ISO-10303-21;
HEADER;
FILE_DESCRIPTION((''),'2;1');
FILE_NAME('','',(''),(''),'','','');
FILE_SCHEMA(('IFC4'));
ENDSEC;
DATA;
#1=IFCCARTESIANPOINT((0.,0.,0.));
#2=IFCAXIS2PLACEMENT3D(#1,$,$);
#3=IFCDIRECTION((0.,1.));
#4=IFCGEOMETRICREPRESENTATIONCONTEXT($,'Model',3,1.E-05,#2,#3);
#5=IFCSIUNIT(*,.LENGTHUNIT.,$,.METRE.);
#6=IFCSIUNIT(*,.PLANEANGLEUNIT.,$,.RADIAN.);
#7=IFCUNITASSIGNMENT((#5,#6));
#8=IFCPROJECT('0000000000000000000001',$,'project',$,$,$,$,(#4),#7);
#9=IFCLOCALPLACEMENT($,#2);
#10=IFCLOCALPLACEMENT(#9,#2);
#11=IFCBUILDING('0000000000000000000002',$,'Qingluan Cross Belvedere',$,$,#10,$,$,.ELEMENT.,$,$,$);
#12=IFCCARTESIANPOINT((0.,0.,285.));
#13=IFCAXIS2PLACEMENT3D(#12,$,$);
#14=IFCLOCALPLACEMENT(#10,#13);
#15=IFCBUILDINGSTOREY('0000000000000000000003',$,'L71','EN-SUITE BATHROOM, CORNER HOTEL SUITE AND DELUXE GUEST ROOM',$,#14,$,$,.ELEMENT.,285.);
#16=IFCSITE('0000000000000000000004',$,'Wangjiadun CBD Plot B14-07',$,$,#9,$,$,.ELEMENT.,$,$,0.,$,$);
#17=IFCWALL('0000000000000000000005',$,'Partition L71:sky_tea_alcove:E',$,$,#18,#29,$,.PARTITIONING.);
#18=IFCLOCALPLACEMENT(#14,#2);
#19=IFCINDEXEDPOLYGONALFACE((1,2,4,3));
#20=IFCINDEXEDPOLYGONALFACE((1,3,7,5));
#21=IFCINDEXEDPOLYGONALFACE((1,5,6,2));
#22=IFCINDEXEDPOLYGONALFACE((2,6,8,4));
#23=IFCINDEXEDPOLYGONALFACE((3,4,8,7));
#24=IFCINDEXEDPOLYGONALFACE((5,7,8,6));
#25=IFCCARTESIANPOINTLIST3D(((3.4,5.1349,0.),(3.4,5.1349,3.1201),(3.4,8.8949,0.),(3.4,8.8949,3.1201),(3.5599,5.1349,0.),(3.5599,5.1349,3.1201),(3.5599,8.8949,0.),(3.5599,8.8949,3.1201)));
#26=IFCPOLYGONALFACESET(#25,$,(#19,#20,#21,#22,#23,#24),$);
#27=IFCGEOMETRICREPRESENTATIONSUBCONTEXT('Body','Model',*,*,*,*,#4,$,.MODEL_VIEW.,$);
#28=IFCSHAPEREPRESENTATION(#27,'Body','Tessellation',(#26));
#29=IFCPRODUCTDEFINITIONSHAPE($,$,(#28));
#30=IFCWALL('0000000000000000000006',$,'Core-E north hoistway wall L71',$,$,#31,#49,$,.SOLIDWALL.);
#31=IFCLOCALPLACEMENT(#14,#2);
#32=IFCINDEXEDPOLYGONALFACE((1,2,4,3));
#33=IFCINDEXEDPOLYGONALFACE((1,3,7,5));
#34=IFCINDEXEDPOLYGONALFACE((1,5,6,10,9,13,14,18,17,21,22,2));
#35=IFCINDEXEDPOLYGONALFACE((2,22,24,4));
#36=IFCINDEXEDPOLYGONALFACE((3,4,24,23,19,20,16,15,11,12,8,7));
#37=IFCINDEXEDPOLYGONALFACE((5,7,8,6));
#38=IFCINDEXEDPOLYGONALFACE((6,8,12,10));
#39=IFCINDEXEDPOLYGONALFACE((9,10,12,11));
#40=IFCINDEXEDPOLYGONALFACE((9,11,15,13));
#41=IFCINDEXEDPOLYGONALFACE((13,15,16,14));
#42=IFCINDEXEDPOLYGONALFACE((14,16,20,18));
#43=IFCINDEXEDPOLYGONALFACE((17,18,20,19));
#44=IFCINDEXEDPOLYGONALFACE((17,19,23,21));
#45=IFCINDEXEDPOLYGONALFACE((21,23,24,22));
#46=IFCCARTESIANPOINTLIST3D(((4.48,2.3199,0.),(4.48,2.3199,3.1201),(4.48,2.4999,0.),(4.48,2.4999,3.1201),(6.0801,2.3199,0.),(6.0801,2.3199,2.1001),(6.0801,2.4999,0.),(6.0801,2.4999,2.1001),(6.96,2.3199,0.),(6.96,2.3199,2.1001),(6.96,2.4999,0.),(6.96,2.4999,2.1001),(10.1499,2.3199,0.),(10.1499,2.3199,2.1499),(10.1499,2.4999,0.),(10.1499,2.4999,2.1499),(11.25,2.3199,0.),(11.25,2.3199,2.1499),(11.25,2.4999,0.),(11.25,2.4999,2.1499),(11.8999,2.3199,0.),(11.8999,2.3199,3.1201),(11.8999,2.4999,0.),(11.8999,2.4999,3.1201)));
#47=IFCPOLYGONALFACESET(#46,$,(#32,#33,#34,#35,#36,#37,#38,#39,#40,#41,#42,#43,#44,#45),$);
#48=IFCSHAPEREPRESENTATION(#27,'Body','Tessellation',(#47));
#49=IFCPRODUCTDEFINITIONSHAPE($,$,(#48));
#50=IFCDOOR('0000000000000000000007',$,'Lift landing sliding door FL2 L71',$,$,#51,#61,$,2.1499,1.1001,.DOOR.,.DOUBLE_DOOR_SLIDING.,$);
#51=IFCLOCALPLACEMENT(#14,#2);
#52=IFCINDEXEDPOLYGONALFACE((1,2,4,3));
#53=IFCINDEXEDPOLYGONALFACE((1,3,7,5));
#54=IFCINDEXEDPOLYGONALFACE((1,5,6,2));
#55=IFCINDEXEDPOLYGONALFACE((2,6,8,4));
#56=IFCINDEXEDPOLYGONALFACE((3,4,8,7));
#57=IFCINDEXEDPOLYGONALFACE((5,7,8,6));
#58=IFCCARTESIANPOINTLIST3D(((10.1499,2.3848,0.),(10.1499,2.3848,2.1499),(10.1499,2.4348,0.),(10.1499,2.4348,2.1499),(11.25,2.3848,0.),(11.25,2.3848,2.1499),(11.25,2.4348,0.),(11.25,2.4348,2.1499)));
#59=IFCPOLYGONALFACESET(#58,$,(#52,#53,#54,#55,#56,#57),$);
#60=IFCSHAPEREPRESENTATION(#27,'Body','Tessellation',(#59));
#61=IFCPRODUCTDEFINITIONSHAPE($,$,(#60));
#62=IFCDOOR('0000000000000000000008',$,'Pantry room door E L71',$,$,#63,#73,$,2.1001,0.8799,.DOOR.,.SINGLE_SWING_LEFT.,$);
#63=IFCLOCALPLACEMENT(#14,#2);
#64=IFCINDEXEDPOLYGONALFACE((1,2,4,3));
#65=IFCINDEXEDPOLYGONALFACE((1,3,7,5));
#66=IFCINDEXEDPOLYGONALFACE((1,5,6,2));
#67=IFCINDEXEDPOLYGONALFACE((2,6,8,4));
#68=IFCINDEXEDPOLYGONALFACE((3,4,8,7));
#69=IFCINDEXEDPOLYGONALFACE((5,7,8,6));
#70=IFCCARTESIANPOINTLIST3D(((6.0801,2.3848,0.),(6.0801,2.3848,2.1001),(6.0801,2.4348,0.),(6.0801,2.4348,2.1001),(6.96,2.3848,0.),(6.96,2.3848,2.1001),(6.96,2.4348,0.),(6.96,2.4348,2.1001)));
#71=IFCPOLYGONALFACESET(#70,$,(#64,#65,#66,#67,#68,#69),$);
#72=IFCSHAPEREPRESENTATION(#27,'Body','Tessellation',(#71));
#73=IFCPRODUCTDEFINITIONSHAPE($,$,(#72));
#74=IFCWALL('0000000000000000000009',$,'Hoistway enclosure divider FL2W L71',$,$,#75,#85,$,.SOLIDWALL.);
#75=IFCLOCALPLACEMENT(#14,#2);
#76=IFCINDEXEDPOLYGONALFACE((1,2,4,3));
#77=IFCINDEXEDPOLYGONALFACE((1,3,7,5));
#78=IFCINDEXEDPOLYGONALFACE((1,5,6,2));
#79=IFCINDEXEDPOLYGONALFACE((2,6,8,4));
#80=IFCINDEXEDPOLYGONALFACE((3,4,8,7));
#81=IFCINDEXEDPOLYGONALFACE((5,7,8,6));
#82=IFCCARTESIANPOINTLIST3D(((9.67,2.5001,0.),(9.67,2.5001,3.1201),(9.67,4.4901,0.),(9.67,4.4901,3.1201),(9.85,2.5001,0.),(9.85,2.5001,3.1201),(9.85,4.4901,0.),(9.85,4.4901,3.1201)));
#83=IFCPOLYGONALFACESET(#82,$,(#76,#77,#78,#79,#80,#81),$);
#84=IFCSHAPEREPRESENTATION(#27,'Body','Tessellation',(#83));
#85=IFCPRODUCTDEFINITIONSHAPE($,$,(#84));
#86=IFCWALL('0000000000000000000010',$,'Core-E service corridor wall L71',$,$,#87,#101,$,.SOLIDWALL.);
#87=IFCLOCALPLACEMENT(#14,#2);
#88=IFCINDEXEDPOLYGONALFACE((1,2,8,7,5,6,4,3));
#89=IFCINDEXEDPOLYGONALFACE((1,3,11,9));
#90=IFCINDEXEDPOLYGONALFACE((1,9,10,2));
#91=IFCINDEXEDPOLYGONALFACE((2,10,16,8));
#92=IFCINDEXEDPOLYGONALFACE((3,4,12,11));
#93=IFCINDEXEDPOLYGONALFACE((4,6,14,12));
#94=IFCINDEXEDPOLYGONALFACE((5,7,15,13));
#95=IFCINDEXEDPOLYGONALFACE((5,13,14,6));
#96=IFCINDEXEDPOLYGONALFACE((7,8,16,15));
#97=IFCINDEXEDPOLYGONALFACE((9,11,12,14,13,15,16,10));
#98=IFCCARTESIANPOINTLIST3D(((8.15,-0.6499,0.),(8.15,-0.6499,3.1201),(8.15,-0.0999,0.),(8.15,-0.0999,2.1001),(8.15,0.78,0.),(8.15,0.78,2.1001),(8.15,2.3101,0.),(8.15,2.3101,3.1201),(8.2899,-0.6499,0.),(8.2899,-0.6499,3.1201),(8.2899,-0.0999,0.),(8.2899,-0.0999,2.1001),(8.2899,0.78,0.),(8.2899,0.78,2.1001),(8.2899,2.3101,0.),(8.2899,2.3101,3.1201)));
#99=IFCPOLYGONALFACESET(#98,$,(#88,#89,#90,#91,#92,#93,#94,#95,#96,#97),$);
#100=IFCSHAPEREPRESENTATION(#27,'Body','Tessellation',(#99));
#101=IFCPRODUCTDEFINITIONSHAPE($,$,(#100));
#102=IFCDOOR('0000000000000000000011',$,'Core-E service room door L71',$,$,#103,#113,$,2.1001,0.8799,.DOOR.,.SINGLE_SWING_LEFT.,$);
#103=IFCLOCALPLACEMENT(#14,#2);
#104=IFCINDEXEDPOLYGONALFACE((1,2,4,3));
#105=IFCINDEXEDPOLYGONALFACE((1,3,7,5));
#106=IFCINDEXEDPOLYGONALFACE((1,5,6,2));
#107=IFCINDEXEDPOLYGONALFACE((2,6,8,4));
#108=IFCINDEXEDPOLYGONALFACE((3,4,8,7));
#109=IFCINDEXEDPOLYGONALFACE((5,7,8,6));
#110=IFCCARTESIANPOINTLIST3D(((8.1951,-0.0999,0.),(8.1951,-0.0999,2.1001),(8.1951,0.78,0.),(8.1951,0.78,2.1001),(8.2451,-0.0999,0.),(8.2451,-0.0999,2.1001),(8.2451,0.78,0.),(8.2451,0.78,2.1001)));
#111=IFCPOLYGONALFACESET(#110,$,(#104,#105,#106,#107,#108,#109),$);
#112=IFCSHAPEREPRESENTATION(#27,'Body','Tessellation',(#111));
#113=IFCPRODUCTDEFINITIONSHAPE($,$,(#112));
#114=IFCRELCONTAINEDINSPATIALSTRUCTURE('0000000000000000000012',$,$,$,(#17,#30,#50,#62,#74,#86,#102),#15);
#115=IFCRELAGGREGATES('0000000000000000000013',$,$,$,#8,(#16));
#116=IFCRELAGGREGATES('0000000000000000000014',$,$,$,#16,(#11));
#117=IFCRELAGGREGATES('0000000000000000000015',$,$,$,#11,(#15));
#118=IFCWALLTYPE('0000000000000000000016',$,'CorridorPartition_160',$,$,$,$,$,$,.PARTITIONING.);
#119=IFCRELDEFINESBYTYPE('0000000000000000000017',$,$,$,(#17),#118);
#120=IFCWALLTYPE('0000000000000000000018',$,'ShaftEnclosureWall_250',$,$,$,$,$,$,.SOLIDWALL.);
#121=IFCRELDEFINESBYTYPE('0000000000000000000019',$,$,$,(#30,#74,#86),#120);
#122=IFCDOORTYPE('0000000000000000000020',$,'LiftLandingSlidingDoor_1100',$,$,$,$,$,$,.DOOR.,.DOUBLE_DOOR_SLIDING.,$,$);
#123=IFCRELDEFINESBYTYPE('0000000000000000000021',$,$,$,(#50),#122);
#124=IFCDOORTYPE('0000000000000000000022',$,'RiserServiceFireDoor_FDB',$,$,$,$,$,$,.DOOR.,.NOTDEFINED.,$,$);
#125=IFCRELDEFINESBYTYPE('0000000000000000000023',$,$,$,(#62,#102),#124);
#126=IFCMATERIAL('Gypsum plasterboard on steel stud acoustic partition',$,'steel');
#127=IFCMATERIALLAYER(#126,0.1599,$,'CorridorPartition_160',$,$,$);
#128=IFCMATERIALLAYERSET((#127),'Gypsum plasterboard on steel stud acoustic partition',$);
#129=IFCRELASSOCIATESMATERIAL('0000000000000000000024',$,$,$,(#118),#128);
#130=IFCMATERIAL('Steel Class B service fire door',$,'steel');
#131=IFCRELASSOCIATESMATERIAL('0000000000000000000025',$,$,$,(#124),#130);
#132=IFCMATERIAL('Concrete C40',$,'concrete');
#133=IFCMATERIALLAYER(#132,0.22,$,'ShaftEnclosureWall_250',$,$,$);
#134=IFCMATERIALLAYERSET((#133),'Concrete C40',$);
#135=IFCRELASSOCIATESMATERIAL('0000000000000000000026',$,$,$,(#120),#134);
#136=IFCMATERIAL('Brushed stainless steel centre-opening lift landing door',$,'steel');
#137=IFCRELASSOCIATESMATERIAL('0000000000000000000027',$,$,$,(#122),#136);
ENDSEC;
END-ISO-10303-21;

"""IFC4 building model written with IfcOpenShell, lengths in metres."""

from ifc_helpers import new_model, si_unit, direction, frame, frame_2d, origin, place, context, subcontext, project, spatial, rectangle, extrude, material, layer, layer_set, type_object, element, fill, save


model = new_model("IFC4")

# Units and contexts
model_context = context("Model", 3, precision=1e-05, world=origin(), true_north=direction((0.0, 1.0)))
body_context = subcontext(model_context, "Body", "Model", "MODEL_VIEW")
ifc_project = project(units=[si_unit("LENGTHUNIT", "METRE"), si_unit("PLANEANGLEUNIT", "RADIAN")], contexts=[model_context])

# Site, building, storey
site_placement = place(None, origin())
site = spatial("IfcSite", under=ifc_project, at=site_placement, Name="Wangjiadun CBD Plot B14-07", CompositionType="ELEMENT", RefElevation=0.0)
building_placement = place(site_placement, origin())
building = spatial("IfcBuilding", under=site, at=building_placement, Name="Qingluan Cross Belvedere", CompositionType="ELEMENT")
storey_placement = place(building_placement, frame((0.0, 0.0, 285.0)))
storey = spatial("IfcBuildingStorey", under=building, at=storey_placement, Name="L71", Description="EN-SUITE BATHROOM, CORNER HOTEL SUITE AND DELUXE GUEST ROOM", CompositionType="ELEMENT", Elevation=285.0)

# Shared definitions
ifc_material_1 = material(Name="Gypsum plasterboard on steel stud acoustic partition", Category="steel")
ifc_layer_1 = layer(ifc_material_1, 0.1599, Name="CorridorPartition_160")
ifc_layer_set_1 = layer_set([ifc_layer_1], Name="Gypsum plasterboard on steel stud acoustic partition")
wall_type_1 = type_object("IfcWallType", Name="CorridorPartition_160", PredefinedType="PARTITIONING", material=ifc_layer_set_1)
ifc_material_2 = material(Name="Steel Class B service fire door", Category="steel")
door_type_1 = type_object("IfcDoorType", Name="RiserServiceFireDoor_FDB", OperationType="NOTDEFINED", PredefinedType="DOOR", material=ifc_material_2)

# Wall
for number, where, z_axis, x_axis, name in (
    (1, (3.48, 5.135, 0.0), (0.0, 0.0, 1.0), (0.0, 1.0, 0.0), "Partition L71:sky_tea_alcove:E"),
):
    element("IfcWall", number, at=place(storey_placement, frame(where, z_axis=z_axis, x_axis=x_axis)), inside=storey, type_object=wall_type_1, Name=name, PredefinedType="PARTITIONING", context=body_context, shape_type="SweptSolid", body=[
        extrude(rectangle(XDim=3.76, YDim=0.1599, at=frame_2d((1.8799, 0.0))), origin(), (0.0, 0.0, 1.0), 3.1201),
    ])

# Wall, openings, doors
ifc_material_3 = material(Name="Concrete C40", Category="concrete")
ifc_layer_2 = layer(ifc_material_3, 0.22, Name="ShaftEnclosureWall_250")
ifc_layer_set_2 = layer_set([ifc_layer_2], Name="Concrete C40")
wall_type_2 = type_object("IfcWallType", Name="ShaftEnclosureWall_250", PredefinedType="SOLIDWALL", material=ifc_layer_set_2)
wall_1_placement = place(storey_placement, frame((4.48, 2.4099, 0.0), z_axis=(0.0, 0.0, 1.0), x_axis=(1.0, 0.0, 0.0)))
wall_1 = element("IfcWall", 2, at=wall_1_placement, inside=storey, type_object=wall_type_2, Name="Core-E north hoistway wall L71", PredefinedType="SOLIDWALL", context=body_context, shape_type="SweptSolid", body=[
    extrude(rectangle(XDim=7.4199, YDim=0.1799, at=frame_2d((3.71, 0.0))), origin(), (0.0, 0.0, 1.0), 3.1201),
])
opening_1_placement = place(wall_1_placement, frame((5.6699, 0.0, 0.0)))
opening_1 = element("IfcOpeningElement", 3, at=opening_1_placement, cuts=wall_1, PredefinedType="OPENING", context=body_context, shape_type="SweptSolid", body=[
    extrude(rectangle(XDim=1.1001, YDim=2.1499, at=frame_2d((0.55, 1.075))), frame((0.0, 0.0999, 0.0), z_axis=(0.0, -1.0, 0.0), x_axis=(1.0, 0.0, 0.0)), (0.0, 0.0, 1.0), 0.2),
])
opening_2_placement = place(wall_1_placement, frame((1.6001, 0.0, 0.0)))
opening_2 = element("IfcOpeningElement", 4, at=opening_2_placement, cuts=wall_1, PredefinedType="OPENING", context=body_context, shape_type="SweptSolid", body=[
    extrude(rectangle(XDim=0.8799, YDim=2.1001, at=frame_2d((0.4399, 1.05))), frame((0.0, 0.0999, 0.0), z_axis=(0.0, -1.0, 0.0), x_axis=(1.0, 0.0, 0.0)), (0.0, 0.0, 1.0), 0.2),
])
ifc_material_4 = material(Name="Brushed stainless steel centre-opening lift landing door", Category="steel")
door_type_2 = type_object("IfcDoorType", Name="LiftLandingSlidingDoor_1100", OperationType="DOUBLE_DOOR_SLIDING", PredefinedType="DOOR", material=ifc_material_4)
door_1_placement = place(opening_1_placement, origin())
door_1 = element("IfcDoor", 5, at=door_1_placement, inside=storey, type_object=door_type_2, Name="Lift landing sliding door FL2 L71", OperationType="DOUBLE_DOOR_SLIDING", OverallHeight=2.1499, OverallWidth=1.1001, PredefinedType="DOOR", context=body_context, shape_type="SweptSolid", body=[
    extrude(rectangle(XDim=1.1001, YDim=2.1499, at=frame_2d((0.55, 1.075))), frame((0.0, 0.0249, 0.0), z_axis=(0.0, -1.0, 0.0), x_axis=(1.0, 0.0, 0.0)), (0.0, 0.0, 1.0), 0.05),
])
fill(opening_1, door_1)
door_2_placement = place(opening_2_placement, origin())
door_2 = element("IfcDoor", 6, at=door_2_placement, inside=storey, type_object=door_type_1, Name="Pantry room door E L71", OperationType="SINGLE_SWING_LEFT", OverallHeight=2.1001, OverallWidth=0.8799, PredefinedType="DOOR", context=body_context, shape_type="SweptSolid", body=[
    extrude(rectangle(XDim=0.8799, YDim=2.1001, at=frame_2d((0.4399, 1.05))), frame((0.0, 0.0249, 0.0), z_axis=(0.0, -1.0, 0.0), x_axis=(1.0, 0.0, 0.0)), (0.0, 0.0, 1.0), 0.05),
])
fill(opening_2, door_2)

# Wall
wall_2_placement = place(storey_placement, frame((9.76, 2.5, 0.0), z_axis=(0.0, 0.0, 1.0), x_axis=(0.0, 1.0, 0.0)))
element("IfcWall", 7, at=wall_2_placement, inside=storey, type_object=wall_type_2, Name="Hoistway enclosure divider FL2W L71", PredefinedType="SOLIDWALL", context=body_context, shape_type="SweptSolid", body=[
    extrude(rectangle(XDim=1.99, YDim=0.1799, at=frame_2d((0.9951, 0.0))), origin(), (0.0, 0.0, 1.0), 3.1201),
])

# Wall, opening, door
wall_3_placement = place(storey_placement, frame((8.22, -0.6499, 0.0), z_axis=(0.0, 0.0, 1.0), x_axis=(0.0, 1.0, 0.0)))
wall_3 = element("IfcWall", 8, at=wall_3_placement, inside=storey, type_object=wall_type_2, Name="Core-E service corridor wall L71", PredefinedType="SOLIDWALL", context=body_context, shape_type="SweptSolid", body=[
    extrude(rectangle(XDim=2.96, YDim=0.1399, at=frame_2d((1.48, 0.0))), origin(), (0.0, 0.0, 1.0), 3.1201),
])
opening_3_placement = place(wall_3_placement, frame((0.55, 0.0, 0.0)))
opening_3 = element("IfcOpeningElement", 9, at=opening_3_placement, cuts=wall_3, PredefinedType="OPENING", context=body_context, shape_type="SweptSolid", body=[
    extrude(rectangle(XDim=0.8799, YDim=2.1001, at=frame_2d((0.4399, 1.05))), frame((0.0, 0.0798, 0.0), z_axis=(0.0, -1.0, 0.0), x_axis=(1.0, 0.0, 0.0)), (0.0, 0.0, 1.0), 0.1599),
])
door_3_placement = place(opening_3_placement, origin())
door_3 = element("IfcDoor", 10, at=door_3_placement, inside=storey, type_object=door_type_1, Name="Core-E service room door L71", OperationType="SINGLE_SWING_LEFT", OverallHeight=2.1001, OverallWidth=0.8799, PredefinedType="DOOR", context=body_context, shape_type="SweptSolid", body=[
    extrude(rectangle(XDim=0.8799, YDim=2.1001, at=frame_2d((0.4399, 1.05))), frame((0.0, 0.0249, 0.0), z_axis=(0.0, -1.0, 0.0), x_axis=(1.0, 0.0, 0.0)), (0.0, 0.0, 1.0), 0.05),
])
fill(opening_3, door_3)

save(model, "model.ifc")
